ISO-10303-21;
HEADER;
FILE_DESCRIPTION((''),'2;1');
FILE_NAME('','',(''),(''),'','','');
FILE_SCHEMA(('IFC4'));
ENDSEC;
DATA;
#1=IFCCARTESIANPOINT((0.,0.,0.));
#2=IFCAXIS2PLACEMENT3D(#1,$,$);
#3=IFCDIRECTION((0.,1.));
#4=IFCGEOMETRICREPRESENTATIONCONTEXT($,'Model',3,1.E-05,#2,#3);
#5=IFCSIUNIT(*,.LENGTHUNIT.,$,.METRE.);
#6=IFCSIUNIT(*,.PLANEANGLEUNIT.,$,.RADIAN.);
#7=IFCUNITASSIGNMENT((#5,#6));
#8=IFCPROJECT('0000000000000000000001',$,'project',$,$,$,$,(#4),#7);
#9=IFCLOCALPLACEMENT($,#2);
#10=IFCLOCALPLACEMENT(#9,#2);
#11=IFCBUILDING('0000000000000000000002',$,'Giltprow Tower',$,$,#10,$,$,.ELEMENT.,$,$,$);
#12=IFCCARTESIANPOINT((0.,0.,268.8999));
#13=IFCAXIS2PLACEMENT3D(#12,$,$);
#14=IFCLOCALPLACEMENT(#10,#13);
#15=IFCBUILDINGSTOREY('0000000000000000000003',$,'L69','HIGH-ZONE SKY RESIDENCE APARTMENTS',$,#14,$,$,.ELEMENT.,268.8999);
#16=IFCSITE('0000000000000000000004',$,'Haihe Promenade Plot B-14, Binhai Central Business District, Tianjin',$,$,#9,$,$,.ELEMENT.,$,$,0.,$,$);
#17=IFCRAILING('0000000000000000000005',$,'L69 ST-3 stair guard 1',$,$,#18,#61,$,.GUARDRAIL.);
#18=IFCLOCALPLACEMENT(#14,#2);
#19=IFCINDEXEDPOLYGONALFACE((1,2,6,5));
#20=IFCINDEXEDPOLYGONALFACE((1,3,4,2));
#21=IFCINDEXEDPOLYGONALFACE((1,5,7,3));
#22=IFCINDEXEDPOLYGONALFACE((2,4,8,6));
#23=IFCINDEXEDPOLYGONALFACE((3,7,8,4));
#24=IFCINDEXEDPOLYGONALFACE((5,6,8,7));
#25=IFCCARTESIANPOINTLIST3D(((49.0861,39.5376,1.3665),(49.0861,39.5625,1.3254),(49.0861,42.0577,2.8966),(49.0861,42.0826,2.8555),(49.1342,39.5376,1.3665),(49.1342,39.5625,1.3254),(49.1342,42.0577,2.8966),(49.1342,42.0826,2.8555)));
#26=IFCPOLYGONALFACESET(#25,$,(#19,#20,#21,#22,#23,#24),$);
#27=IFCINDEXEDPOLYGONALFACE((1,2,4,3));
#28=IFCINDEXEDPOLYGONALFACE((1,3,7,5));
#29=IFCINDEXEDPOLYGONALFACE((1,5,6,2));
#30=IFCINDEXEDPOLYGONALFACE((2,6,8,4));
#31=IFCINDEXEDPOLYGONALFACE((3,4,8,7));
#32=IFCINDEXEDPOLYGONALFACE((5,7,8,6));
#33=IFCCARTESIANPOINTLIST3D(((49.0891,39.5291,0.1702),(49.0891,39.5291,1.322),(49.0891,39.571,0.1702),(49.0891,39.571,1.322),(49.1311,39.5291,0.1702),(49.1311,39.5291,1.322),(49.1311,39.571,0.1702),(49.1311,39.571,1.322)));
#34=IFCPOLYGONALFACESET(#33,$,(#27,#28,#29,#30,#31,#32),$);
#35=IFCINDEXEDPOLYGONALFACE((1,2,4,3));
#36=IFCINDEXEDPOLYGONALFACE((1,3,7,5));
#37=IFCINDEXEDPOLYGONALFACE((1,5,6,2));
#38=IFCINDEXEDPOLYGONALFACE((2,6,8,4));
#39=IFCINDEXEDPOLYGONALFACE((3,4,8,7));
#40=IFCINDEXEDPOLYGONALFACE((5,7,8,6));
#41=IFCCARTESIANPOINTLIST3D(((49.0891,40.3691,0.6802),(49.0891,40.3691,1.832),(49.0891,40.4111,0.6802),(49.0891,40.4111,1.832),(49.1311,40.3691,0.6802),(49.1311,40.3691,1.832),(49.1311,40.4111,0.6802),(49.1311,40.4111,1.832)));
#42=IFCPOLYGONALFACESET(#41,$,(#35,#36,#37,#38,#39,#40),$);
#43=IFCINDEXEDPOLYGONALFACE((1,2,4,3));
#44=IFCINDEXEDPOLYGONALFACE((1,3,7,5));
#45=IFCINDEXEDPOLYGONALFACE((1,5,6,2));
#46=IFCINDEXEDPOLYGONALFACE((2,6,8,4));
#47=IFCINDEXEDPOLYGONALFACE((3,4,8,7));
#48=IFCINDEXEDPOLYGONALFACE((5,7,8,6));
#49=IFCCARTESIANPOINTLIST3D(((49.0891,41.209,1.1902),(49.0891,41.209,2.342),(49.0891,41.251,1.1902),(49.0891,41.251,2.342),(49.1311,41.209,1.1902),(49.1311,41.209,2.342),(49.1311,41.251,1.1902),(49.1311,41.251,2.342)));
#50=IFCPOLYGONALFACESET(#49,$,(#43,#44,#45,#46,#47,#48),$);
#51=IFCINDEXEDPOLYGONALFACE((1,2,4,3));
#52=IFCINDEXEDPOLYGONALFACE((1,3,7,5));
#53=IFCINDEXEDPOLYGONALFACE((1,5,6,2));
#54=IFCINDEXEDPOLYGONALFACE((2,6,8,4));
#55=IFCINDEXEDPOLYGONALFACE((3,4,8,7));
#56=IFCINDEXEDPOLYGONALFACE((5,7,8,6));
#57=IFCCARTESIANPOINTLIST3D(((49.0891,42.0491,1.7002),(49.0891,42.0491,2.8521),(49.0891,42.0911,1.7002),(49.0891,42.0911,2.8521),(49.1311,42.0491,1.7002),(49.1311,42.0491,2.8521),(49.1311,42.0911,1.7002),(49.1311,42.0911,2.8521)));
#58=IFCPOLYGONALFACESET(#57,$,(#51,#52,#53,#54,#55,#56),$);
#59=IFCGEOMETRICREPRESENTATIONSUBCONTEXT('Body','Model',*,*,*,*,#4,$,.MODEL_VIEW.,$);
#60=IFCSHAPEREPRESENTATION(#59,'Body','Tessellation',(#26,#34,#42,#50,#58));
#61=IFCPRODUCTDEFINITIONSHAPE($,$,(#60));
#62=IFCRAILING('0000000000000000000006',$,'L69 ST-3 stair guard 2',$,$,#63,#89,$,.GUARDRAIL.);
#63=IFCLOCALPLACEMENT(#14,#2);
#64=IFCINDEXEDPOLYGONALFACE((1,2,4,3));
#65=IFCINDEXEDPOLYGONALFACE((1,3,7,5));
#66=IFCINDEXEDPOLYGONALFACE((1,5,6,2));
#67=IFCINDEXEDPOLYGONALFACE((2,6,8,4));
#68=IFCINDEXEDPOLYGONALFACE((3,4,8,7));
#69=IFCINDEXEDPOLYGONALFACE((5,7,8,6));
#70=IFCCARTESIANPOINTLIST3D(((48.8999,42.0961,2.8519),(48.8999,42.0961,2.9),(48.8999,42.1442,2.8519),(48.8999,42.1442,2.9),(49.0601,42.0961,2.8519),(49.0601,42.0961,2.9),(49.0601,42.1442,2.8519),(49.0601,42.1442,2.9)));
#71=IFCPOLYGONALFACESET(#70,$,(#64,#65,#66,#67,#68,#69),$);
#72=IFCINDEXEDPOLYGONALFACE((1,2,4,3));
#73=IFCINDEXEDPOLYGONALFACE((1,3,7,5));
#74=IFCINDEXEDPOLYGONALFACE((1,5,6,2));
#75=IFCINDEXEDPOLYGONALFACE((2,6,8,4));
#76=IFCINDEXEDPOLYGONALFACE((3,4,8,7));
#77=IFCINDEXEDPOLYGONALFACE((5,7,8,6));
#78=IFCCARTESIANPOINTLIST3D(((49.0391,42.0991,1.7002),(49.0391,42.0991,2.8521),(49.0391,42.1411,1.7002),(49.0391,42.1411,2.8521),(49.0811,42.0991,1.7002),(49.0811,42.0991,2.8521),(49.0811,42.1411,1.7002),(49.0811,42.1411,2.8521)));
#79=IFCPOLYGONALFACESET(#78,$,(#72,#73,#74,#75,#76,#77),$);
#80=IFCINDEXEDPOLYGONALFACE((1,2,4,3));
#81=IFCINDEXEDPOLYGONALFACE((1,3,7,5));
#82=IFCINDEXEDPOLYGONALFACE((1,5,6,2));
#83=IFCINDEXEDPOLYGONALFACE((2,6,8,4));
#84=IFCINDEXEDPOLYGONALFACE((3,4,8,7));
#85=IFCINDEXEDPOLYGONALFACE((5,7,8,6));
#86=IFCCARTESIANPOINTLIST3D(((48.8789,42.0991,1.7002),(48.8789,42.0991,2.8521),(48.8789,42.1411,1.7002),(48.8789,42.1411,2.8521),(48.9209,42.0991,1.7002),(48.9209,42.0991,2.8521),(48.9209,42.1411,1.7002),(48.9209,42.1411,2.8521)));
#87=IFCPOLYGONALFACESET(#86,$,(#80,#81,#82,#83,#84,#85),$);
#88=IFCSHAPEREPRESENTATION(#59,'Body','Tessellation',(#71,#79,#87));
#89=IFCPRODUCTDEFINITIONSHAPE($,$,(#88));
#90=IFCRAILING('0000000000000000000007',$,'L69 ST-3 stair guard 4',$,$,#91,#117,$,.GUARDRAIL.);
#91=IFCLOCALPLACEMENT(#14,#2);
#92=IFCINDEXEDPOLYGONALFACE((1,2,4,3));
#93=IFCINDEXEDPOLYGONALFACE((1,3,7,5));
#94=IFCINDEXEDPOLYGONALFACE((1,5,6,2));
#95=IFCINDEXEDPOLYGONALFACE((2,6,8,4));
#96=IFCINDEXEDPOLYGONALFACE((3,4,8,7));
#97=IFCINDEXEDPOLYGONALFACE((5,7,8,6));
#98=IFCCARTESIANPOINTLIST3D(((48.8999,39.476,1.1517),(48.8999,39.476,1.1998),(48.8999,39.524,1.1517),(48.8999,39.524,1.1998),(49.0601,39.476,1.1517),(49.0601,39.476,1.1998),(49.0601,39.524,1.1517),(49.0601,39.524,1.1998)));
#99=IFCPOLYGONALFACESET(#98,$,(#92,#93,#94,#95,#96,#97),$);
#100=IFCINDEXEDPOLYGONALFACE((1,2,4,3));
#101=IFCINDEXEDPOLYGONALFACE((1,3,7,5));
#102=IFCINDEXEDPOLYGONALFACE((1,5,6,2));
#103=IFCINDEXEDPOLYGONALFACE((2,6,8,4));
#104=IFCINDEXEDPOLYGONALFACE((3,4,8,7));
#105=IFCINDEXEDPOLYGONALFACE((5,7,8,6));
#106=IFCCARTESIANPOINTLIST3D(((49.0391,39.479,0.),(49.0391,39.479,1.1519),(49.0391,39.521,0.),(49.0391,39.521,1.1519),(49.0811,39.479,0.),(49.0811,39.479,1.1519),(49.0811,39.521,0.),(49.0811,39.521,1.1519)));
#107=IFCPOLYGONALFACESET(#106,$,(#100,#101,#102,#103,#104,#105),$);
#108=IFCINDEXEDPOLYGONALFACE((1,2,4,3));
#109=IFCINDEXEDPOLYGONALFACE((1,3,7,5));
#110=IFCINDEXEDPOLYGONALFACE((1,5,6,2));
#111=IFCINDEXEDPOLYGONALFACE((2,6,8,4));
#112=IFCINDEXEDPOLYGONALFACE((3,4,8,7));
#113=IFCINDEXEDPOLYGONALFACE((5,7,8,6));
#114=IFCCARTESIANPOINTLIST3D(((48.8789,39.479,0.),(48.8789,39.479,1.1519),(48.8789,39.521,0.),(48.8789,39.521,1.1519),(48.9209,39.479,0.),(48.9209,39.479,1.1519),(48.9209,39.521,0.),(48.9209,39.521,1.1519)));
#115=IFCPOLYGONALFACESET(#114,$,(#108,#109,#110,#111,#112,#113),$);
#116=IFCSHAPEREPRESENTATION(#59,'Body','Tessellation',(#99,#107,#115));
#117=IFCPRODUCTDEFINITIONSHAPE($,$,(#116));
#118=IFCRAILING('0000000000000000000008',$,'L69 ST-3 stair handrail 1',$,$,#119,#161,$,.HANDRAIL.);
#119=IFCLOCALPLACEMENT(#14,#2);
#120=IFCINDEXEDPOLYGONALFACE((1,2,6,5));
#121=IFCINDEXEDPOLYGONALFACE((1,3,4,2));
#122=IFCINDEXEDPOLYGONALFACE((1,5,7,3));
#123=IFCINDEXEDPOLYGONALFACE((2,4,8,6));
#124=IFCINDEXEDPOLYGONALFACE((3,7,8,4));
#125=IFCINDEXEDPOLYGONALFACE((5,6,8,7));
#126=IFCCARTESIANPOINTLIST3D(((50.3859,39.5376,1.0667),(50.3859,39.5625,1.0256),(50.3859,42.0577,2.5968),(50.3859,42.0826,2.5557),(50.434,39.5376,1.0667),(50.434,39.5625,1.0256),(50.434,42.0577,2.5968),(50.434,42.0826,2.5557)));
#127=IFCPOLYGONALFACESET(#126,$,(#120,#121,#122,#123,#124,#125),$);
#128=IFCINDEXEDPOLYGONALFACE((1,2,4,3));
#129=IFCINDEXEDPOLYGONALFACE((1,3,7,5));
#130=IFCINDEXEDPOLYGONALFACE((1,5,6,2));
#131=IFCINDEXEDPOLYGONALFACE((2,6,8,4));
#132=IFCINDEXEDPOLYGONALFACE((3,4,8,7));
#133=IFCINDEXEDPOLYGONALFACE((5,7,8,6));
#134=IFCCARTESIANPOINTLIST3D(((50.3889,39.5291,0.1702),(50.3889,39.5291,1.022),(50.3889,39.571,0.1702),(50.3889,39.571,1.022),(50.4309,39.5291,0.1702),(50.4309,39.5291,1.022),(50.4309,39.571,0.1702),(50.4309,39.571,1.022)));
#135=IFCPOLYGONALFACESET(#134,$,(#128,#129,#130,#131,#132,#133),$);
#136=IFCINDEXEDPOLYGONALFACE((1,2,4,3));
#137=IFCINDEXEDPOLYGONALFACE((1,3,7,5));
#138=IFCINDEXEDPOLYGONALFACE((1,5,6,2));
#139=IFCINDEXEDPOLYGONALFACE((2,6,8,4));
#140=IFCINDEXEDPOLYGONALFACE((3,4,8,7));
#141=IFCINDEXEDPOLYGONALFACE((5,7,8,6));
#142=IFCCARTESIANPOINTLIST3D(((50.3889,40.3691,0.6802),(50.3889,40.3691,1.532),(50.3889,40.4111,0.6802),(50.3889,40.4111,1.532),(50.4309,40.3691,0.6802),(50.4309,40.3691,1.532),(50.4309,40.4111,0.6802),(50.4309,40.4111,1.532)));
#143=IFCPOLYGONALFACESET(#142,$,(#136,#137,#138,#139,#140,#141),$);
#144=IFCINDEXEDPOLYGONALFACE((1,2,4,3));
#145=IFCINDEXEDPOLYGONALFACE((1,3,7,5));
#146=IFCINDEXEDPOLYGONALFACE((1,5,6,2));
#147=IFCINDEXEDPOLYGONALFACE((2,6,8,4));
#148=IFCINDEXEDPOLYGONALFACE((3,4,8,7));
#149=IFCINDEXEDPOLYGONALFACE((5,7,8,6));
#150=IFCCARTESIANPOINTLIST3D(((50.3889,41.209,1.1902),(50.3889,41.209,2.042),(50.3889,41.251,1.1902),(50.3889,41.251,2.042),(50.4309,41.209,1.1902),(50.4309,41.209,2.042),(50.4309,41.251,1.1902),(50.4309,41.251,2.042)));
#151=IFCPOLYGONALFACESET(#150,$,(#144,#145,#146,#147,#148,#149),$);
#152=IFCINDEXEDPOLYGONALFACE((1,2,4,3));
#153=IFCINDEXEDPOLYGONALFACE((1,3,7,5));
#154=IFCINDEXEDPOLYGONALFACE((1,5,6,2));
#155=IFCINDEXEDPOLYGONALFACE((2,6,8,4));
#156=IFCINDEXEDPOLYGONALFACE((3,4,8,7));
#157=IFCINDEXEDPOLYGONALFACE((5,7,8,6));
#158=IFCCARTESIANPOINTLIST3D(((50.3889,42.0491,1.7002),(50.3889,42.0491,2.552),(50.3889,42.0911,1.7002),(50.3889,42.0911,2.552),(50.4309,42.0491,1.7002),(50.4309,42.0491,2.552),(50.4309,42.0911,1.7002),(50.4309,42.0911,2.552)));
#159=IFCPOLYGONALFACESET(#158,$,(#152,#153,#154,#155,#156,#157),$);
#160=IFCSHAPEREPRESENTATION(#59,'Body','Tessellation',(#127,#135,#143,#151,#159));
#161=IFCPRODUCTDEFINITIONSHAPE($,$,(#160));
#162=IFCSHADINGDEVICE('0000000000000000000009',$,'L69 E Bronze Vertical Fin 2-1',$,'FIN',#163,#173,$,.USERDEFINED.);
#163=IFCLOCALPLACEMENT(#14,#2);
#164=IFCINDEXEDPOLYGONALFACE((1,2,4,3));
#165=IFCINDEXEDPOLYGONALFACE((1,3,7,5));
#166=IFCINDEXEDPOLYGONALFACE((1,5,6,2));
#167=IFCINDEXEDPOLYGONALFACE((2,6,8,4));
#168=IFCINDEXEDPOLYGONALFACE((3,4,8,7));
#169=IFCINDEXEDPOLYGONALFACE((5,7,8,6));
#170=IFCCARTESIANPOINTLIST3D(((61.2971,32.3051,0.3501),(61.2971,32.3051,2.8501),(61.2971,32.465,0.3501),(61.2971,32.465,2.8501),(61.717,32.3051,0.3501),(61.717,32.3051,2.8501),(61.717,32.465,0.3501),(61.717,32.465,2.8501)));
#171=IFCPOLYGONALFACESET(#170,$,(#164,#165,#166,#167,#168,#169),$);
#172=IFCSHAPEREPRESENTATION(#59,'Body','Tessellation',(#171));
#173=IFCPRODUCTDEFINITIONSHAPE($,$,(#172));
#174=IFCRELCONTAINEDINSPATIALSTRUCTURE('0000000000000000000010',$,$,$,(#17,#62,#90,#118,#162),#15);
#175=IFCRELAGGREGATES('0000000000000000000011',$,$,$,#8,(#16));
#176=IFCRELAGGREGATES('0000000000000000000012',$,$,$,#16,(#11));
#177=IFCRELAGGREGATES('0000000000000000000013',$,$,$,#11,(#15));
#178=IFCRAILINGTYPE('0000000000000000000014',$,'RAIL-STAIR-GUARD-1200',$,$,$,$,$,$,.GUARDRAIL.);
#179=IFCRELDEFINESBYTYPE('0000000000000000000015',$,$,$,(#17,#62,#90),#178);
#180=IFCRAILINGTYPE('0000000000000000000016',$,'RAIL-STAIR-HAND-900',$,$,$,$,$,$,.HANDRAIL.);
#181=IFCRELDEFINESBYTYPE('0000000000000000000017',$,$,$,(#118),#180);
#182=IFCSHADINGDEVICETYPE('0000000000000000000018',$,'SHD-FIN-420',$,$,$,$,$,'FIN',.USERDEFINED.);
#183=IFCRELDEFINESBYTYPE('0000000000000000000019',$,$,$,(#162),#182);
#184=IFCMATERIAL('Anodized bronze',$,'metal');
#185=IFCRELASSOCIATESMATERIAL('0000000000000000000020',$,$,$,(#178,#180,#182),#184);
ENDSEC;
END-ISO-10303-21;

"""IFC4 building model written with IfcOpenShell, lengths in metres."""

from ifc_helpers import new_model, si_unit, direction, frame, origin, origin_2d, place, context, subcontext, project, spatial, rectangle, extrude, source, transform, mapped, material, type_object, element, save


model = new_model("IFC4")

# Units and contexts
model_context = context("Model", 3, precision=1e-05, world=origin(), true_north=direction((0.0, 1.0)))
body_context = subcontext(model_context, "Body", "Model", "MODEL_VIEW")
ifc_project = project(units=[si_unit("LENGTHUNIT", "METRE"), si_unit("PLANEANGLEUNIT", "RADIAN")], contexts=[model_context])

# Site, building, storey
site_placement = place(None, origin())
site = spatial("IfcSite", under=ifc_project, at=site_placement, Name="Haihe Promenade Plot B-14, Binhai Central Business District, Tianjin", CompositionType="ELEMENT", RefElevation=0.0)
building_placement = place(site_placement, origin())
building = spatial("IfcBuilding", under=site, at=building_placement, Name="Giltprow Tower", CompositionType="ELEMENT")
storey_placement = place(building_placement, frame((0.0, 0.0, 268.8999)))
storey = spatial("IfcBuildingStorey", under=building, at=storey_placement, Name="L69", Description="HIGH-ZONE SKY RESIDENCE APARTMENTS", CompositionType="ELEMENT", Elevation=268.8999)

# Railings
ifc_material_1 = material(Name="Anodized bronze", Category="metal")
railing_type_1 = type_object("IfcRailingType", Name="RAIL-STAIR-GUARD-1200", PredefinedType="GUARDRAIL", material=ifc_material_1)
railing_1_placement = place(storey_placement, frame((49.1101, 39.55, 0.1702)))
element("IfcRailing", 1, at=railing_1_placement, inside=storey, type_object=railing_type_1, Name="L69 ST-3 stair guard 1", PredefinedType="GUARDRAIL", context=body_context, shape_type="SweptSolid", body=[
    extrude(rectangle(XDim=0.0481, YDim=0.0481, at=origin_2d()), frame((0.0, 0.0, 1.1758), z_axis=(0.0, 0.854785, 0.518982), x_axis=(-1.0, 0.0, 0.0)), (0.0, 0.0, 1.0), 2.9482),
    extrude(rectangle(XDim=0.042, YDim=0.042, at=origin_2d()), origin(), (0.0, 0.0, 1.0), 1.1519),
    extrude(rectangle(XDim=0.042, YDim=0.042, at=origin_2d()), frame((0.0, 0.8401, 0.51)), (0.0, 0.0, 1.0), 1.1519),
    extrude(rectangle(XDim=0.042, YDim=0.042, at=origin_2d()), frame((0.0, 1.6799, 1.02)), (0.0, 0.0, 1.0), 1.1519),
    extrude(rectangle(XDim=0.042, YDim=0.042, at=origin_2d()), frame((0.0, 2.52, 1.53)), (0.0, 0.0, 1.0), 1.1519),
])
for number, where, name in (
    (2, (49.0601, 42.1201, 1.7002), "L69 ST-3 stair guard 2"),
    (3, (49.0601, 39.5, 0.0), "L69 ST-3 stair guard 4"),
):
    element("IfcRailing", number, at=place(storey_placement, frame(where)), inside=storey, type_object=railing_type_1, Name=name, PredefinedType="GUARDRAIL", context=body_context, shape_type="SweptSolid", body=[
        extrude(rectangle(XDim=0.0481, YDim=0.0481, at=origin_2d()), frame((0.0, 0.0, 1.1758), z_axis=(-1.0, 0.0, 0.0), x_axis=(0.0, -1.0, 0.0)), (0.0, 0.0, 1.0), 0.1602),
        extrude(rectangle(XDim=0.042, YDim=0.042, at=origin_2d()), origin(), (0.0, 0.0, 1.0), 1.1519),
        extrude(rectangle(XDim=0.042, YDim=0.042, at=origin_2d()), frame((-0.1602, 0.0, 0.0)), (0.0, 0.0, 1.0), 1.1519),
    ])
railing_type_2 = type_object("IfcRailingType", Name="RAIL-STAIR-HAND-900", PredefinedType="HANDRAIL", material=ifc_material_1)
railing_2_placement = place(storey_placement, frame((50.4099, 39.55, 0.1702)))
element("IfcRailing", 4, at=railing_2_placement, inside=storey, type_object=railing_type_2, Name="L69 ST-3 stair handrail 1", PredefinedType="HANDRAIL", context=body_context, shape_type="SweptSolid", body=[
    extrude(rectangle(XDim=0.0481, YDim=0.0481, at=origin_2d()), frame((0.0, 0.0, 0.876), z_axis=(0.0, 0.854785, 0.518982), x_axis=(-1.0, 0.0, 0.0)), (0.0, 0.0, 1.0), 2.9482),
    extrude(rectangle(XDim=0.042, YDim=0.042, at=origin_2d()), origin(), (0.0, 0.0, 1.0), 0.8518),
    extrude(rectangle(XDim=0.042, YDim=0.042, at=origin_2d()), frame((0.0, 0.8401, 0.51)), (0.0, 0.0, 1.0), 0.8518),
    extrude(rectangle(XDim=0.042, YDim=0.042, at=origin_2d()), frame((0.0, 1.6799, 1.02)), (0.0, 0.0, 1.0), 0.8518),
    extrude(rectangle(XDim=0.042, YDim=0.042, at=origin_2d()), frame((0.0, 2.52, 1.53)), (0.0, 0.0, 1.0), 0.8518),
])

# Shading device
shading_device_type = type_object("IfcShadingDeviceType", Name="SHD-FIN-420", ElementType="FIN", PredefinedType="USERDEFINED", material=ifc_material_1)
shared_shape_1 = source(origin(), body_context, "Body", "SweptSolid", [
    extrude(rectangle(XDim=0.4199, YDim=0.1599, at=origin_2d()), origin(), (0.0, 0.0, 1.0), 2.5),
])
shading_device_placement = place(storey_placement, frame((61.5071, 32.385, 0.3501), z_axis=(0.0, 0.0, 1.0), x_axis=(1.0, 0.0, 0.0)))
element("IfcShadingDevice", 5, at=shading_device_placement, inside=storey, type_object=shading_device_type, Name="L69 E Bronze Vertical Fin 2-1", ObjectType="FIN", PredefinedType="USERDEFINED", context=body_context, shape_type="MappedRepresentation", body=[
    mapped(shared_shape_1, transform((0.0, 0.0, 0.0), x_axis=(1.0, 0.0, 0.0), y_axis=(0.0, 1.0, 0.0), z_axis=(0.0, 0.0, 1.0), scale=1.0)),
])

save(model, "model.ifc")
